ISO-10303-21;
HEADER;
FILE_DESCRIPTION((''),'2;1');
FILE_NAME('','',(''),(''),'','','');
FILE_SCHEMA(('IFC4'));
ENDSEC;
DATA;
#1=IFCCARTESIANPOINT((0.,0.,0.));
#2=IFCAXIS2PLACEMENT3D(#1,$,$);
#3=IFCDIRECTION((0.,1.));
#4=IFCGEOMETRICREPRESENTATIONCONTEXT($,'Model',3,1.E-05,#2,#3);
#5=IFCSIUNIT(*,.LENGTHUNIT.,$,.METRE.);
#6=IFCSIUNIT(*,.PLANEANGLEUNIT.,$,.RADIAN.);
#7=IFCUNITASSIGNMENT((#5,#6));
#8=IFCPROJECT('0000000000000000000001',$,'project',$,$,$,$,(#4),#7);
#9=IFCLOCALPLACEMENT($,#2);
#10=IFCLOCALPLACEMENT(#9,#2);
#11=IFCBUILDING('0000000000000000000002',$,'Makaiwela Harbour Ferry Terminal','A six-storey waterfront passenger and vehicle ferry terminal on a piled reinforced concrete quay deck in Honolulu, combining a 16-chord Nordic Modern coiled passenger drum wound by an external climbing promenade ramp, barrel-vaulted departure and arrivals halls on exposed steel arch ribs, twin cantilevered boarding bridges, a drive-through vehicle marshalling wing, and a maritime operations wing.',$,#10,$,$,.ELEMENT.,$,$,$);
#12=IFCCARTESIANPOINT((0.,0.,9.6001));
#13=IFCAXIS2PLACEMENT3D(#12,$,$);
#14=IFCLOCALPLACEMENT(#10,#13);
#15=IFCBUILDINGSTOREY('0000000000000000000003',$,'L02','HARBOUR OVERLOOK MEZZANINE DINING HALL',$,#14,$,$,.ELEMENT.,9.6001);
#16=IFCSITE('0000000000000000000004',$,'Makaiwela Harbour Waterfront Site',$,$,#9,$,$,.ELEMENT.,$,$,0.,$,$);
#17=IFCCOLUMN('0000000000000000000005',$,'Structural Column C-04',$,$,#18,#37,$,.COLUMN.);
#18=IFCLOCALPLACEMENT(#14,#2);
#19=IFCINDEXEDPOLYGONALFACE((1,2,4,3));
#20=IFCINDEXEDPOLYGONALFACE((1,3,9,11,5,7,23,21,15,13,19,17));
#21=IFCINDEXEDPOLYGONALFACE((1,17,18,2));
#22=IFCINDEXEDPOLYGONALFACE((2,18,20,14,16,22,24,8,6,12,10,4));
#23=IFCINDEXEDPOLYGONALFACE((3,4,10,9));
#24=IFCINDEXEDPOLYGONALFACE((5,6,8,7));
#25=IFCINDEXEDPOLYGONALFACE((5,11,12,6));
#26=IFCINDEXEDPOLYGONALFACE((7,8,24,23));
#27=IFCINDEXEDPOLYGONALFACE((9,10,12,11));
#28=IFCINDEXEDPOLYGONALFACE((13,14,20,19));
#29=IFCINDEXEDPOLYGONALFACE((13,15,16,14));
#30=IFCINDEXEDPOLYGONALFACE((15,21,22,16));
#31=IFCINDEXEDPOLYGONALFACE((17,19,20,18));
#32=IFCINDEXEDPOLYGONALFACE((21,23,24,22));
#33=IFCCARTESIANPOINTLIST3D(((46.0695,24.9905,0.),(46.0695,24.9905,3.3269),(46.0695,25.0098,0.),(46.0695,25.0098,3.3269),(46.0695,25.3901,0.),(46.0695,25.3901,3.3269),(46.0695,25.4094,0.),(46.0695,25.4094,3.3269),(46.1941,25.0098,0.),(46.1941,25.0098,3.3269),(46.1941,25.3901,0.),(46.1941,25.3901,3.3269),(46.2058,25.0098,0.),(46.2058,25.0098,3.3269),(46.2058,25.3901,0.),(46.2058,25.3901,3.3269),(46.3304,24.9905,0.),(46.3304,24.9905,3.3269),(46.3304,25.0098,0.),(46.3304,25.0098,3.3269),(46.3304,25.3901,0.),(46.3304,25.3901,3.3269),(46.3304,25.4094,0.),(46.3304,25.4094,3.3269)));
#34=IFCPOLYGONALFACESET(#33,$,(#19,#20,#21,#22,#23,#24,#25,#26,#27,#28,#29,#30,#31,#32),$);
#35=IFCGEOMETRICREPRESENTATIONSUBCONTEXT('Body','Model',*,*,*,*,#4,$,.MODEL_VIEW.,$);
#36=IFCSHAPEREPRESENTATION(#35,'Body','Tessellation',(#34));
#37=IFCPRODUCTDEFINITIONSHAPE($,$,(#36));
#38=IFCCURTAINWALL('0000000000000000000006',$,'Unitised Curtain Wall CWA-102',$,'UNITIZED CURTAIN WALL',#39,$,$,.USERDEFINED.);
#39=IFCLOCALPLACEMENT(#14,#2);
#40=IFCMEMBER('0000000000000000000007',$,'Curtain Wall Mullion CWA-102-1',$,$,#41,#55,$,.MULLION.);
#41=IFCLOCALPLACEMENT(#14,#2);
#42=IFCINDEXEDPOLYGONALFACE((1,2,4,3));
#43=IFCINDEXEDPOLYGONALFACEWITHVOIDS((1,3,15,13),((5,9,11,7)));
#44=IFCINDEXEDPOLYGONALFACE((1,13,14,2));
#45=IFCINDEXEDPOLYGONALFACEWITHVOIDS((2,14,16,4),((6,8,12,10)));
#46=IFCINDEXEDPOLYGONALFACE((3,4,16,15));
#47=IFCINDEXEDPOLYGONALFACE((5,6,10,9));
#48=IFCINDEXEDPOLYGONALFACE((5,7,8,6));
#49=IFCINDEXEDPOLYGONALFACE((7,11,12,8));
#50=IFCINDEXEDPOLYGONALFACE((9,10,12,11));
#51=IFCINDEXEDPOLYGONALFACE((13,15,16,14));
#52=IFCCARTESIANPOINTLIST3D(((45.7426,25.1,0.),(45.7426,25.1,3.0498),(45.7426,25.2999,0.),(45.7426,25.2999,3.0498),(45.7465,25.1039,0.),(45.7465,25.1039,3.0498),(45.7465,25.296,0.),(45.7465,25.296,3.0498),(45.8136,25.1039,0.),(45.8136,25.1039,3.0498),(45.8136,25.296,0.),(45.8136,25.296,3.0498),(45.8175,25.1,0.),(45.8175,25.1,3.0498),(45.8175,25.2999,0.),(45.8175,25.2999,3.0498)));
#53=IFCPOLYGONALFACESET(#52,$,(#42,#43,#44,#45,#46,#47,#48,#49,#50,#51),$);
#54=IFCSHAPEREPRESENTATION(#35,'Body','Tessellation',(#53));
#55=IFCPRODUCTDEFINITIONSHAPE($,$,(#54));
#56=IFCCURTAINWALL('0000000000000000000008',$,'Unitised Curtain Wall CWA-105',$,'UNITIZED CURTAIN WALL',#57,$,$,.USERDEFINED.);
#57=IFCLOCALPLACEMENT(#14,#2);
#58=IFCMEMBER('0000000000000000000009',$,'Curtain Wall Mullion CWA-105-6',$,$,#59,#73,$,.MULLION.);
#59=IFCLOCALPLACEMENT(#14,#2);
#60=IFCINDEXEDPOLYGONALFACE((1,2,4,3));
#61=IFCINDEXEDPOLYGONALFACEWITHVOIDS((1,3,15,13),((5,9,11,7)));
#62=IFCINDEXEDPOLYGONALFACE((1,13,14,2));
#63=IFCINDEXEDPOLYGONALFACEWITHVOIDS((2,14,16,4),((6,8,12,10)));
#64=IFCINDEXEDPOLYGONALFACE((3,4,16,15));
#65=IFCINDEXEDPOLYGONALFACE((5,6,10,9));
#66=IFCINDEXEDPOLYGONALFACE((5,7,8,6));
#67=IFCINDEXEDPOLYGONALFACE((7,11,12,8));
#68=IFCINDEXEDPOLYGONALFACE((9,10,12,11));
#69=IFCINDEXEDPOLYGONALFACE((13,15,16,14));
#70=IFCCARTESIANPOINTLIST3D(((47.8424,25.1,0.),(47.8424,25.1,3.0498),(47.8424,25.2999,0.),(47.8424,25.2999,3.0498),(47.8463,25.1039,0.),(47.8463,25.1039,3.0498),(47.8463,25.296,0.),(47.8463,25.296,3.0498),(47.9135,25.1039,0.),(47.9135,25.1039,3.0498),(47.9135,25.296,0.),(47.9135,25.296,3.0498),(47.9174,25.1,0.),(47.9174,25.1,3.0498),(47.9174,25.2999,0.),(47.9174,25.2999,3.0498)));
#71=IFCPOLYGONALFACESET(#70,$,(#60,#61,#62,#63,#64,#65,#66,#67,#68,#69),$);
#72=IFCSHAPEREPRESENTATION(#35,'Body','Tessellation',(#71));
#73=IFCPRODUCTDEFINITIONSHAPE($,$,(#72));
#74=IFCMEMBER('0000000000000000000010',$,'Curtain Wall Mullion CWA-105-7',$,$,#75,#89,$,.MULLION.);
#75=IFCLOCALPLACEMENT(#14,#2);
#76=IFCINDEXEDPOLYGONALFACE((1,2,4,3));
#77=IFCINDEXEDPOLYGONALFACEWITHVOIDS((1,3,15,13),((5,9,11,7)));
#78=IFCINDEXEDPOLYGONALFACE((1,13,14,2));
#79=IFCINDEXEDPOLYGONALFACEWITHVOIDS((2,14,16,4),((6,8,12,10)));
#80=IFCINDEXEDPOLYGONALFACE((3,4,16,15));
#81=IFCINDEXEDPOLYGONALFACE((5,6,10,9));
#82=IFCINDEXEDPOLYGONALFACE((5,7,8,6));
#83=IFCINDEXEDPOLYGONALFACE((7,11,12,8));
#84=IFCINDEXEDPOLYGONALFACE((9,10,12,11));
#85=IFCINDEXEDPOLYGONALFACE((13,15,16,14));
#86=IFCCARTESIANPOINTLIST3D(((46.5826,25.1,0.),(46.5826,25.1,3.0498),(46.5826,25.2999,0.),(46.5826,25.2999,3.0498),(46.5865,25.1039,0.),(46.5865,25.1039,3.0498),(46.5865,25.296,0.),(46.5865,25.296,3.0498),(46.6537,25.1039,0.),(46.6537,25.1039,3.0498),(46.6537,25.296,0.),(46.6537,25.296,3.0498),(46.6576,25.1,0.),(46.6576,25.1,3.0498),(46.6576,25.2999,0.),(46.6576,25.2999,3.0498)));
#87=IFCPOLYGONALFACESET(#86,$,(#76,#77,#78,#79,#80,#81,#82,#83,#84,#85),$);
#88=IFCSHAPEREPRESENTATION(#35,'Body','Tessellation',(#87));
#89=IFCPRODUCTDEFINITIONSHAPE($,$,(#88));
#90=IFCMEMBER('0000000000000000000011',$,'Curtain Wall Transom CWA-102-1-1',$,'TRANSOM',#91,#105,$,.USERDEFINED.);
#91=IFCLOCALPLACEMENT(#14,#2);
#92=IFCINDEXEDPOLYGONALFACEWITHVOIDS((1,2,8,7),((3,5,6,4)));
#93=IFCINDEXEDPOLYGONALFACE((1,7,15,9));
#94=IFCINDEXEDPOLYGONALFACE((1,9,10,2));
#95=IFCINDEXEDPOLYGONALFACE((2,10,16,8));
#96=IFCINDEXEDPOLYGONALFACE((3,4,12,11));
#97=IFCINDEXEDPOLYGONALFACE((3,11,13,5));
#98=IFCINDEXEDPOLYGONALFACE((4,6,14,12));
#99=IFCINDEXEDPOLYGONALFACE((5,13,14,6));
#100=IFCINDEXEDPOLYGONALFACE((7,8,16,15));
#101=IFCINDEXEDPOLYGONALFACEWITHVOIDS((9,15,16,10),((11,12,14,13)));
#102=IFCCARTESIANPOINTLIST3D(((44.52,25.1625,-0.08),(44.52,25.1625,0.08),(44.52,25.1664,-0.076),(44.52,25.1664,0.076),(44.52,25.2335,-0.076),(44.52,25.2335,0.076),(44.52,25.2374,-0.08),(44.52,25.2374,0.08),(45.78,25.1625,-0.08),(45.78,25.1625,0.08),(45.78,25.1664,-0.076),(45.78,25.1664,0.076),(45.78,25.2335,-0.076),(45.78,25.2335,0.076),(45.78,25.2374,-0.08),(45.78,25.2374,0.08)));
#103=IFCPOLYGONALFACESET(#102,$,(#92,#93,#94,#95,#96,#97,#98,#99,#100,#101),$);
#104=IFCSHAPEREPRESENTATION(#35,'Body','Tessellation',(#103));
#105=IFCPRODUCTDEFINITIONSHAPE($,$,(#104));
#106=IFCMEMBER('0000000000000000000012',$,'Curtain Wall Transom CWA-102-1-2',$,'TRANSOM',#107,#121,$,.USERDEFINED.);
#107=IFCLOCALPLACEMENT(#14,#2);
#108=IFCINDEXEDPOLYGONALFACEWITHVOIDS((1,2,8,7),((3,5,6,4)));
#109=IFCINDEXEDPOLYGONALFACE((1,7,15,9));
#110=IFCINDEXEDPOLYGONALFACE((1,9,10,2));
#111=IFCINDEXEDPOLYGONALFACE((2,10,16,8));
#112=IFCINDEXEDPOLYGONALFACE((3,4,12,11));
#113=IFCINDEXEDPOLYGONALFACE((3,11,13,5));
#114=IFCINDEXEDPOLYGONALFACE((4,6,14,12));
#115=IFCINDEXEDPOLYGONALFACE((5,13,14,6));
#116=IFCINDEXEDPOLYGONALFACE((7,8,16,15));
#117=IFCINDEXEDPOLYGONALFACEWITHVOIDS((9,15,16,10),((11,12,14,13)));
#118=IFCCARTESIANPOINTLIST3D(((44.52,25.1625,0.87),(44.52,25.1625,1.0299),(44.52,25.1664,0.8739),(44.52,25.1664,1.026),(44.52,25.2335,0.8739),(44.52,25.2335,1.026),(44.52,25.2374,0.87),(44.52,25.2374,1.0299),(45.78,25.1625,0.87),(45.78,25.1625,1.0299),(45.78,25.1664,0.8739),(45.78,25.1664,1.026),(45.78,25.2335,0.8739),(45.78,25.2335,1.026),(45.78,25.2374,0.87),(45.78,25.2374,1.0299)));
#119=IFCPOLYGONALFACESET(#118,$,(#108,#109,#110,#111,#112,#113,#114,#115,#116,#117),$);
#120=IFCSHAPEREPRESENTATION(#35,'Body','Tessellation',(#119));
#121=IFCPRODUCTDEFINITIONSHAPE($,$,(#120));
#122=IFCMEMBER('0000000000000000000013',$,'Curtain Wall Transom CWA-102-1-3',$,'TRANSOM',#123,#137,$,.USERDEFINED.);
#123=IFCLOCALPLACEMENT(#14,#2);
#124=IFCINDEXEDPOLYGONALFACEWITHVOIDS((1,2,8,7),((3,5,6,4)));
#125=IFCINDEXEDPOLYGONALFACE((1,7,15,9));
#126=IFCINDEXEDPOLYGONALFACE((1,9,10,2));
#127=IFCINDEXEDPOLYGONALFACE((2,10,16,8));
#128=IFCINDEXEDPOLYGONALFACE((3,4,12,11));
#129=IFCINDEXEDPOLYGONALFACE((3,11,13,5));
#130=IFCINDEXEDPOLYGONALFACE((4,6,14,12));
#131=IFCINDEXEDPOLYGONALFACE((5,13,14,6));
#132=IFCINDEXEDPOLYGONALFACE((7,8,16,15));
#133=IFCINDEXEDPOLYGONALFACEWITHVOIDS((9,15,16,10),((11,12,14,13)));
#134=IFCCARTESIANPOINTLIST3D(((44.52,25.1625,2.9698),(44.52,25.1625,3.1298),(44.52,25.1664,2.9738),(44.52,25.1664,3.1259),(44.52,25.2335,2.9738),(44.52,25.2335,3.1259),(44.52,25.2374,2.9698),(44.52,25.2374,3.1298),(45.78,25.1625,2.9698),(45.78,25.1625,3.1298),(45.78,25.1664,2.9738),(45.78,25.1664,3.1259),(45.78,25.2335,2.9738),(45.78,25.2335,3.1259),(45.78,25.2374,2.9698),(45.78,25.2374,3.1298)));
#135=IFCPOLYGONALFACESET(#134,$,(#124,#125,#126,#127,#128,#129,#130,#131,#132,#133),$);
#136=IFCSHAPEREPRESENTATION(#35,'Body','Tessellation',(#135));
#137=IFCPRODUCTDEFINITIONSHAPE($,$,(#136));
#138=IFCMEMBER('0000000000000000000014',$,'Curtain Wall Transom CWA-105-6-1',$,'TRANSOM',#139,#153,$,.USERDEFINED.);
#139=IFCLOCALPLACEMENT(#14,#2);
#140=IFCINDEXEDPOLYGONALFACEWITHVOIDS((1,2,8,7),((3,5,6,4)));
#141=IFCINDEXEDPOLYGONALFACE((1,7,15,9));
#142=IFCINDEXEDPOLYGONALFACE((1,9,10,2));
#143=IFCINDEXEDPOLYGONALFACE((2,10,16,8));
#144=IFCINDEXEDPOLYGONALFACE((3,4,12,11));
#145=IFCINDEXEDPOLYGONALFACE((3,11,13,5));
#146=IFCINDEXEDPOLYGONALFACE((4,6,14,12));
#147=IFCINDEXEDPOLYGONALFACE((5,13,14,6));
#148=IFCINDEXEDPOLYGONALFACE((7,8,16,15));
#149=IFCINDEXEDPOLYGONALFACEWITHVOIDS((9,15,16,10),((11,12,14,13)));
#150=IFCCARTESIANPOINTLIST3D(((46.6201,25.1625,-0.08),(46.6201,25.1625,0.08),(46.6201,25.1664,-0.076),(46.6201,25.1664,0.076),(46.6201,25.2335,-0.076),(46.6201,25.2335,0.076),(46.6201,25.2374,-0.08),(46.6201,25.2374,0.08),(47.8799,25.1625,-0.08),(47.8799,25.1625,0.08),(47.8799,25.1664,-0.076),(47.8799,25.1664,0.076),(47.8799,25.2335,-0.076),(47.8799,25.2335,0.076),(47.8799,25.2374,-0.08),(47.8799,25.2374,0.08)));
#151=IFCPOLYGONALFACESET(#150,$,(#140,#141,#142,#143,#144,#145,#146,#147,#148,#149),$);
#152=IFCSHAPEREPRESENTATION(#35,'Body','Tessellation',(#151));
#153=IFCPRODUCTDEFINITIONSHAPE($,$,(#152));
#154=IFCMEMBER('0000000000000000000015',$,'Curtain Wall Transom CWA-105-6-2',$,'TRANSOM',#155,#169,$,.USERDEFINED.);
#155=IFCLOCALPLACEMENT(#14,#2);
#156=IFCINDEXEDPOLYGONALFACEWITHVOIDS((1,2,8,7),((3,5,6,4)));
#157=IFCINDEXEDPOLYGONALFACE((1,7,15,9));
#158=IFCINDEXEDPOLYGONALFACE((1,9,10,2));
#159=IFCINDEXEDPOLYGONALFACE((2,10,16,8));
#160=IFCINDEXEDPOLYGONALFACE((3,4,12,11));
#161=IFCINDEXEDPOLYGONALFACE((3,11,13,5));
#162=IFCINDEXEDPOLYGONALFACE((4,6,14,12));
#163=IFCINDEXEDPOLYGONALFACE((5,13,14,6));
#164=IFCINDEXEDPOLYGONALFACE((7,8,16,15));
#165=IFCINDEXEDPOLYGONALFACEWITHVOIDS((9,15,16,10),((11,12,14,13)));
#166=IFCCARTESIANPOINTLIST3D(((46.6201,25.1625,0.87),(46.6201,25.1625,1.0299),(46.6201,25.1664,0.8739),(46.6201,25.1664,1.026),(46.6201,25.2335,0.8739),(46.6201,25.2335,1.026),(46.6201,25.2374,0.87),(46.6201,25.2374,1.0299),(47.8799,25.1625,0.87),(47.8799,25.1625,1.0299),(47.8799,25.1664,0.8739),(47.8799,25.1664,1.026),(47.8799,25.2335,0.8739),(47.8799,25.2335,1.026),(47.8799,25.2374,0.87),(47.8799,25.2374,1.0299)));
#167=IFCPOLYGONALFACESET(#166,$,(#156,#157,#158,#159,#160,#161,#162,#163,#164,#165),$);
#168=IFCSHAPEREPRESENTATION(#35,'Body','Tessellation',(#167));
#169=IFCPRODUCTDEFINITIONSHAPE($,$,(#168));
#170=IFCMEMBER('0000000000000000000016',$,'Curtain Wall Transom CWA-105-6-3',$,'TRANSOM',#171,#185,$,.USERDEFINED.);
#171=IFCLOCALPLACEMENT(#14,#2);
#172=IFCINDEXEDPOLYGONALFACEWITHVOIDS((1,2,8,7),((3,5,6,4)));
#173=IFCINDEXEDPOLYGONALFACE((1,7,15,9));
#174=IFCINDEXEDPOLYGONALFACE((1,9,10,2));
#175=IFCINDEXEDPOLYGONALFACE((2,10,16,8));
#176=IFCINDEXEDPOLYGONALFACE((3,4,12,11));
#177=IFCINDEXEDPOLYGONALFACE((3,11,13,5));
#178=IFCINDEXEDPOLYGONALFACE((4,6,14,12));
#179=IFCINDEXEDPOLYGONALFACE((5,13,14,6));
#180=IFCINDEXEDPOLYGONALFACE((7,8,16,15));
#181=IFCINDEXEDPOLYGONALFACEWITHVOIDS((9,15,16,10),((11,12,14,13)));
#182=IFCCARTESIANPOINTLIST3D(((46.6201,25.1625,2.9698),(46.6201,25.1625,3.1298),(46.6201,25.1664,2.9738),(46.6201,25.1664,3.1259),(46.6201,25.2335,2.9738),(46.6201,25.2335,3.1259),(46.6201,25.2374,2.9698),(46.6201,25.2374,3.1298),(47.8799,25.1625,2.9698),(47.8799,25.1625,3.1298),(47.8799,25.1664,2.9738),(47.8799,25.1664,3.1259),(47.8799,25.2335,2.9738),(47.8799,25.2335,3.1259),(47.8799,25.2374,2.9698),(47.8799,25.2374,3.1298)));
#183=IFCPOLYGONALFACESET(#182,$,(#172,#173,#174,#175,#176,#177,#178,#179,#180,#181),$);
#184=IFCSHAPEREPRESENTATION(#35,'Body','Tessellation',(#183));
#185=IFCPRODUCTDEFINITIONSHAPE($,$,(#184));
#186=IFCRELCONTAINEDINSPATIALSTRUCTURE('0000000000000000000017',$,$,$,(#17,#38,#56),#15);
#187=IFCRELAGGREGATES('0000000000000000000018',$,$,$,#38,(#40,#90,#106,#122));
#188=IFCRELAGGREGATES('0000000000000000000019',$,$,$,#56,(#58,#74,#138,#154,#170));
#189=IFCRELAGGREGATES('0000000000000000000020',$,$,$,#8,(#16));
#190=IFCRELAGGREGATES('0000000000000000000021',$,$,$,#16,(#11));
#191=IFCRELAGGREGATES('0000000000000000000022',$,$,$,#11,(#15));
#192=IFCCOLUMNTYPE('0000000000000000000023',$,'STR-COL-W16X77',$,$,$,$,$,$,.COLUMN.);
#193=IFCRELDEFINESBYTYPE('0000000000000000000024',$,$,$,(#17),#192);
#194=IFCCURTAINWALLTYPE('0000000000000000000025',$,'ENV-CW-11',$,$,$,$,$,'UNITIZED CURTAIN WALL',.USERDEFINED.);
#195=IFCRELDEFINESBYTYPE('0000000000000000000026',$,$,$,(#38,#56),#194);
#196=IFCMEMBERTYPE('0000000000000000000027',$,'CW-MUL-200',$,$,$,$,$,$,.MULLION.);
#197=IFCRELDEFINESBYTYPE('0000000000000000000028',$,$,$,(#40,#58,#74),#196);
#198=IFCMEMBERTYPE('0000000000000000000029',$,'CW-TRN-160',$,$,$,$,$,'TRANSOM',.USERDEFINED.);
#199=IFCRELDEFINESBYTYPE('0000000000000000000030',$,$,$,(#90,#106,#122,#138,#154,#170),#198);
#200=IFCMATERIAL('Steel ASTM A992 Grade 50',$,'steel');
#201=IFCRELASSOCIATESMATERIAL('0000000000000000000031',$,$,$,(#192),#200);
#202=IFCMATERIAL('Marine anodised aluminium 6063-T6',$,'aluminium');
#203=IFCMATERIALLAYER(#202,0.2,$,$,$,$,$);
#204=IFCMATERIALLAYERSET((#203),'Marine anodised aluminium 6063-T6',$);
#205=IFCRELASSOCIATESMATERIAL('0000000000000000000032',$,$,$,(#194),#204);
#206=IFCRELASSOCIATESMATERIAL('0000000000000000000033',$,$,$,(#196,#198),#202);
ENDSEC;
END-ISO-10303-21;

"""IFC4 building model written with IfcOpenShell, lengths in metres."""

from ifc_helpers import new_model, si_unit, direction, frame, origin, origin_2d, place, context, subcontext, project, spatial, hollow_rectangle, i_section, extrude, material, layer, layer_set, material_profile, profile_set, type_object, element, aggregate, save


model = new_model("IFC4")

# Units and contexts
model_context = context("Model", 3, precision=1e-05, world=origin(), true_north=direction((0.0, 1.0)))
body_context = subcontext(model_context, "Body", "Model", "MODEL_VIEW")
ifc_project = project(units=[si_unit("LENGTHUNIT", "METRE"), si_unit("PLANEANGLEUNIT", "RADIAN")], contexts=[model_context])

# Site, building, storey
site_placement = place(None, origin())
site = spatial("IfcSite", under=ifc_project, at=site_placement, Name="Makaiwela Harbour Waterfront Site", CompositionType="ELEMENT", RefElevation=0.0)
building_placement = place(site_placement, origin())
building = spatial("IfcBuilding", under=site, at=building_placement, Name="Makaiwela Harbour Ferry Terminal", Description="A six-storey waterfront passenger and vehicle ferry terminal on a piled reinforced concrete quay deck in Honolulu, combining a 16-chord Nordic Modern coiled passenger drum wound by an external climbing promenade ramp, barrel-vaulted departure and arrivals halls on exposed steel arch ribs, twin cantilevered boarding bridges, a drive-through vehicle marshalling wing, and a maritime operations wing.", CompositionType="ELEMENT")
storey_placement = place(building_placement, frame((0.0, 0.0, 9.6001)))
storey = spatial("IfcBuildingStorey", under=building, at=storey_placement, Name="L02", Description="HARBOUR OVERLOOK MEZZANINE DINING HALL", CompositionType="ELEMENT", Elevation=9.6001)

# Column
ifc_material_1 = material(Name="Steel ASTM A992 Grade 50", Category="steel")
ifc_material_profile_1 = material_profile(ifc_material_1, i_section(OverallWidth=0.261, OverallDepth=0.4189, WebThickness=0.0117, FlangeThickness=0.0193, at=origin_2d()), Name="W16X77")
ifc_profile_set_1 = profile_set([ifc_material_profile_1], Name="Steel ASTM A992 Grade 50")
column_type = type_object("IfcColumnType", Name="STR-COL-W16X77", PredefinedType="COLUMN", material=ifc_profile_set_1)
column_placement = place(storey_placement, frame((46.2, 25.2, 0.0), z_axis=(0.0, 0.0, 1.0), x_axis=(1.0, 0.0, 0.0)))
element("IfcColumn", 1, at=column_placement, inside=storey, type_object=column_type, Name="Structural Column C-04", PredefinedType="COLUMN", context=body_context, shape_type="SweptSolid", body=[
    extrude(i_section(OverallWidth=0.261, OverallDepth=0.4189, WebThickness=0.0117, FlangeThickness=0.0193, at=origin_2d()), origin(), (0.0, 0.0, 1.0), 3.3269),
])

# Curtain wall, member
ifc_material_2 = material(Name="Marine anodised aluminium 6063-T6", Category="aluminium")
ifc_layer_1 = layer(ifc_material_2, 0.2)
ifc_layer_set_1 = layer_set([ifc_layer_1], Name="Marine anodised aluminium 6063-T6")
curtain_wall_type = type_object("IfcCurtainWallType", Name="ENV-CW-11", ElementType="UNITIZED CURTAIN WALL", PredefinedType="USERDEFINED", material=ifc_layer_set_1)
curtain_wall_1_placement = place(storey_placement, origin())
curtain_wall_1 = element("IfcCurtainWall", 2, at=curtain_wall_1_placement, inside=storey, type_object=curtain_wall_type, Name="Unitised Curtain Wall CWA-102", ObjectType="UNITIZED CURTAIN WALL", PredefinedType="USERDEFINED")
ifc_material_profile_2 = material_profile(ifc_material_2, hollow_rectangle(XDim=0.075, YDim=0.2, WallThickness=0.0039, at=origin_2d()), Name="CWM-200X75")
ifc_profile_set_2 = profile_set([ifc_material_profile_2], Name="Marine anodised aluminium 6063-T6")
member_type_1 = type_object("IfcMemberType", Name="CW-MUL-200", PredefinedType="MULLION", material=ifc_profile_set_2)
member_1_placement = place(storey_placement, frame((45.78, 25.2, 0.0), z_axis=(0.0, 0.0, 1.0), x_axis=(1.0, 0.0, 0.0)))
member_1 = element("IfcMember", 3, at=member_1_placement, type_object=member_type_1, Name="Curtain Wall Mullion CWA-102-1", PredefinedType="MULLION", context=body_context, shape_type="SweptSolid", body=[
    extrude(hollow_rectangle(XDim=0.075, YDim=0.2, WallThickness=0.0039, at=origin_2d()), origin(), (0.0, 0.0, 1.0), 3.0498),
])

# Curtain wall, members
curtain_wall_2_placement = place(storey_placement, origin())
curtain_wall_2 = element("IfcCurtainWall", 4, at=curtain_wall_2_placement, inside=storey, type_object=curtain_wall_type, Name="Unitised Curtain Wall CWA-105", ObjectType="UNITIZED CURTAIN WALL", PredefinedType="USERDEFINED")
member_2_placement = place(storey_placement, frame((47.8799, 25.2, 0.0), z_axis=(0.0, 0.0, 1.0), x_axis=(1.0, 0.0, 0.0)))
member_2 = element("IfcMember", 5, at=member_2_placement, type_object=member_type_1, Name="Curtain Wall Mullion CWA-105-6", PredefinedType="MULLION", context=body_context, shape_type="SweptSolid", body=[
    extrude(hollow_rectangle(XDim=0.075, YDim=0.2, WallThickness=0.0039, at=origin_2d()), origin(), (0.0, 0.0, 1.0), 3.0498),
])
member_3_placement = place(storey_placement, frame((46.6201, 25.2, 0.0), z_axis=(0.0, 0.0, 1.0), x_axis=(1.0, 0.0, 0.0)))
member_3 = element("IfcMember", 6, at=member_3_placement, type_object=member_type_1, Name="Curtain Wall Mullion CWA-105-7", PredefinedType="MULLION", context=body_context, shape_type="SweptSolid", body=[
    extrude(hollow_rectangle(XDim=0.075, YDim=0.2, WallThickness=0.0039, at=origin_2d()), origin(), (0.0, 0.0, 1.0), 3.0498),
])

# Members
ifc_material_profile_3 = material_profile(ifc_material_2, hollow_rectangle(XDim=0.075, YDim=0.1599, WallThickness=0.0039, at=origin_2d()), Name="CWT-160X75")
ifc_profile_set_3 = profile_set([ifc_material_profile_3], Name="Marine anodised aluminium 6063-T6")
member_type_2 = type_object("IfcMemberType", Name="CW-TRN-160", ElementType="TRANSOM", PredefinedType="USERDEFINED", material=ifc_profile_set_3)
member_4_placement = place(storey_placement, frame((45.78, 25.2, 0.0), z_axis=(-1.0, 0.0, 0.0), x_axis=(0.0, -1.0, 0.0)))
member_4 = element("IfcMember", 7, at=member_4_placement, type_object=member_type_2, Name="Curtain Wall Transom CWA-102-1-1", ObjectType="TRANSOM", PredefinedType="USERDEFINED", context=body_context, shape_type="SweptSolid", body=[
    extrude(hollow_rectangle(XDim=0.075, YDim=0.1599, WallThickness=0.0039, at=origin_2d()), origin(), (0.0, 0.0, 1.0), 1.26),
])
member_5_placement = place(storey_placement, frame((45.78, 25.2, 0.95), z_axis=(-1.0, 0.0, 0.0), x_axis=(0.0, -1.0, 0.0)))
member_5 = element("IfcMember", 8, at=member_5_placement, type_object=member_type_2, Name="Curtain Wall Transom CWA-102-1-2", ObjectType="TRANSOM", PredefinedType="USERDEFINED", context=body_context, shape_type="SweptSolid", body=[
    extrude(hollow_rectangle(XDim=0.075, YDim=0.1599, WallThickness=0.0039, at=origin_2d()), origin(), (0.0, 0.0, 1.0), 1.26),
])
member_6_placement = place(storey_placement, frame((45.78, 25.2, 3.0498), z_axis=(-1.0, 0.0, 0.0), x_axis=(0.0, -1.0, 0.0)))
member_6 = element("IfcMember", 9, at=member_6_placement, type_object=member_type_2, Name="Curtain Wall Transom CWA-102-1-3", ObjectType="TRANSOM", PredefinedType="USERDEFINED", context=body_context, shape_type="SweptSolid", body=[
    extrude(hollow_rectangle(XDim=0.075, YDim=0.1599, WallThickness=0.0039, at=origin_2d()), origin(), (0.0, 0.0, 1.0), 1.26),
])
member_7_placement = place(storey_placement, frame((47.8799, 25.2, 0.0), z_axis=(-1.0, 0.0, 0.0), x_axis=(0.0, -1.0, 0.0)))
member_7 = element("IfcMember", 10, at=member_7_placement, type_object=member_type_2, Name="Curtain Wall Transom CWA-105-6-1", ObjectType="TRANSOM", PredefinedType="USERDEFINED", context=body_context, shape_type="SweptSolid", body=[
    extrude(hollow_rectangle(XDim=0.075, YDim=0.1599, WallThickness=0.0039, at=origin_2d()), origin(), (0.0, 0.0, 1.0), 1.2598),
])
member_8_placement = place(storey_placement, frame((47.8799, 25.2, 0.95), z_axis=(-1.0, 0.0, 0.0), x_axis=(0.0, -1.0, 0.0)))
member_8 = element("IfcMember", 11, at=member_8_placement, type_object=member_type_2, Name="Curtain Wall Transom CWA-105-6-2", ObjectType="TRANSOM", PredefinedType="USERDEFINED", context=body_context, shape_type="SweptSolid", body=[
    extrude(hollow_rectangle(XDim=0.075, YDim=0.1599, WallThickness=0.0039, at=origin_2d()), origin(), (0.0, 0.0, 1.0), 1.2598),
])
member_9_placement = place(storey_placement, frame((47.8799, 25.2, 3.0498), z_axis=(-1.0, 0.0, 0.0), x_axis=(0.0, -1.0, 0.0)))
member_9 = element("IfcMember", 12, at=member_9_placement, type_object=member_type_2, Name="Curtain Wall Transom CWA-105-6-3", ObjectType="TRANSOM", PredefinedType="USERDEFINED", context=body_context, shape_type="SweptSolid", body=[
    extrude(hollow_rectangle(XDim=0.075, YDim=0.1599, WallThickness=0.0039, at=origin_2d()), origin(), (0.0, 0.0, 1.0), 1.2598),
])

aggregate(curtain_wall_1, [member_1, member_4, member_5, member_6])
aggregate(curtain_wall_2, [member_2, member_3, member_7, member_8, member_9])

save(model, "model.ifc")
